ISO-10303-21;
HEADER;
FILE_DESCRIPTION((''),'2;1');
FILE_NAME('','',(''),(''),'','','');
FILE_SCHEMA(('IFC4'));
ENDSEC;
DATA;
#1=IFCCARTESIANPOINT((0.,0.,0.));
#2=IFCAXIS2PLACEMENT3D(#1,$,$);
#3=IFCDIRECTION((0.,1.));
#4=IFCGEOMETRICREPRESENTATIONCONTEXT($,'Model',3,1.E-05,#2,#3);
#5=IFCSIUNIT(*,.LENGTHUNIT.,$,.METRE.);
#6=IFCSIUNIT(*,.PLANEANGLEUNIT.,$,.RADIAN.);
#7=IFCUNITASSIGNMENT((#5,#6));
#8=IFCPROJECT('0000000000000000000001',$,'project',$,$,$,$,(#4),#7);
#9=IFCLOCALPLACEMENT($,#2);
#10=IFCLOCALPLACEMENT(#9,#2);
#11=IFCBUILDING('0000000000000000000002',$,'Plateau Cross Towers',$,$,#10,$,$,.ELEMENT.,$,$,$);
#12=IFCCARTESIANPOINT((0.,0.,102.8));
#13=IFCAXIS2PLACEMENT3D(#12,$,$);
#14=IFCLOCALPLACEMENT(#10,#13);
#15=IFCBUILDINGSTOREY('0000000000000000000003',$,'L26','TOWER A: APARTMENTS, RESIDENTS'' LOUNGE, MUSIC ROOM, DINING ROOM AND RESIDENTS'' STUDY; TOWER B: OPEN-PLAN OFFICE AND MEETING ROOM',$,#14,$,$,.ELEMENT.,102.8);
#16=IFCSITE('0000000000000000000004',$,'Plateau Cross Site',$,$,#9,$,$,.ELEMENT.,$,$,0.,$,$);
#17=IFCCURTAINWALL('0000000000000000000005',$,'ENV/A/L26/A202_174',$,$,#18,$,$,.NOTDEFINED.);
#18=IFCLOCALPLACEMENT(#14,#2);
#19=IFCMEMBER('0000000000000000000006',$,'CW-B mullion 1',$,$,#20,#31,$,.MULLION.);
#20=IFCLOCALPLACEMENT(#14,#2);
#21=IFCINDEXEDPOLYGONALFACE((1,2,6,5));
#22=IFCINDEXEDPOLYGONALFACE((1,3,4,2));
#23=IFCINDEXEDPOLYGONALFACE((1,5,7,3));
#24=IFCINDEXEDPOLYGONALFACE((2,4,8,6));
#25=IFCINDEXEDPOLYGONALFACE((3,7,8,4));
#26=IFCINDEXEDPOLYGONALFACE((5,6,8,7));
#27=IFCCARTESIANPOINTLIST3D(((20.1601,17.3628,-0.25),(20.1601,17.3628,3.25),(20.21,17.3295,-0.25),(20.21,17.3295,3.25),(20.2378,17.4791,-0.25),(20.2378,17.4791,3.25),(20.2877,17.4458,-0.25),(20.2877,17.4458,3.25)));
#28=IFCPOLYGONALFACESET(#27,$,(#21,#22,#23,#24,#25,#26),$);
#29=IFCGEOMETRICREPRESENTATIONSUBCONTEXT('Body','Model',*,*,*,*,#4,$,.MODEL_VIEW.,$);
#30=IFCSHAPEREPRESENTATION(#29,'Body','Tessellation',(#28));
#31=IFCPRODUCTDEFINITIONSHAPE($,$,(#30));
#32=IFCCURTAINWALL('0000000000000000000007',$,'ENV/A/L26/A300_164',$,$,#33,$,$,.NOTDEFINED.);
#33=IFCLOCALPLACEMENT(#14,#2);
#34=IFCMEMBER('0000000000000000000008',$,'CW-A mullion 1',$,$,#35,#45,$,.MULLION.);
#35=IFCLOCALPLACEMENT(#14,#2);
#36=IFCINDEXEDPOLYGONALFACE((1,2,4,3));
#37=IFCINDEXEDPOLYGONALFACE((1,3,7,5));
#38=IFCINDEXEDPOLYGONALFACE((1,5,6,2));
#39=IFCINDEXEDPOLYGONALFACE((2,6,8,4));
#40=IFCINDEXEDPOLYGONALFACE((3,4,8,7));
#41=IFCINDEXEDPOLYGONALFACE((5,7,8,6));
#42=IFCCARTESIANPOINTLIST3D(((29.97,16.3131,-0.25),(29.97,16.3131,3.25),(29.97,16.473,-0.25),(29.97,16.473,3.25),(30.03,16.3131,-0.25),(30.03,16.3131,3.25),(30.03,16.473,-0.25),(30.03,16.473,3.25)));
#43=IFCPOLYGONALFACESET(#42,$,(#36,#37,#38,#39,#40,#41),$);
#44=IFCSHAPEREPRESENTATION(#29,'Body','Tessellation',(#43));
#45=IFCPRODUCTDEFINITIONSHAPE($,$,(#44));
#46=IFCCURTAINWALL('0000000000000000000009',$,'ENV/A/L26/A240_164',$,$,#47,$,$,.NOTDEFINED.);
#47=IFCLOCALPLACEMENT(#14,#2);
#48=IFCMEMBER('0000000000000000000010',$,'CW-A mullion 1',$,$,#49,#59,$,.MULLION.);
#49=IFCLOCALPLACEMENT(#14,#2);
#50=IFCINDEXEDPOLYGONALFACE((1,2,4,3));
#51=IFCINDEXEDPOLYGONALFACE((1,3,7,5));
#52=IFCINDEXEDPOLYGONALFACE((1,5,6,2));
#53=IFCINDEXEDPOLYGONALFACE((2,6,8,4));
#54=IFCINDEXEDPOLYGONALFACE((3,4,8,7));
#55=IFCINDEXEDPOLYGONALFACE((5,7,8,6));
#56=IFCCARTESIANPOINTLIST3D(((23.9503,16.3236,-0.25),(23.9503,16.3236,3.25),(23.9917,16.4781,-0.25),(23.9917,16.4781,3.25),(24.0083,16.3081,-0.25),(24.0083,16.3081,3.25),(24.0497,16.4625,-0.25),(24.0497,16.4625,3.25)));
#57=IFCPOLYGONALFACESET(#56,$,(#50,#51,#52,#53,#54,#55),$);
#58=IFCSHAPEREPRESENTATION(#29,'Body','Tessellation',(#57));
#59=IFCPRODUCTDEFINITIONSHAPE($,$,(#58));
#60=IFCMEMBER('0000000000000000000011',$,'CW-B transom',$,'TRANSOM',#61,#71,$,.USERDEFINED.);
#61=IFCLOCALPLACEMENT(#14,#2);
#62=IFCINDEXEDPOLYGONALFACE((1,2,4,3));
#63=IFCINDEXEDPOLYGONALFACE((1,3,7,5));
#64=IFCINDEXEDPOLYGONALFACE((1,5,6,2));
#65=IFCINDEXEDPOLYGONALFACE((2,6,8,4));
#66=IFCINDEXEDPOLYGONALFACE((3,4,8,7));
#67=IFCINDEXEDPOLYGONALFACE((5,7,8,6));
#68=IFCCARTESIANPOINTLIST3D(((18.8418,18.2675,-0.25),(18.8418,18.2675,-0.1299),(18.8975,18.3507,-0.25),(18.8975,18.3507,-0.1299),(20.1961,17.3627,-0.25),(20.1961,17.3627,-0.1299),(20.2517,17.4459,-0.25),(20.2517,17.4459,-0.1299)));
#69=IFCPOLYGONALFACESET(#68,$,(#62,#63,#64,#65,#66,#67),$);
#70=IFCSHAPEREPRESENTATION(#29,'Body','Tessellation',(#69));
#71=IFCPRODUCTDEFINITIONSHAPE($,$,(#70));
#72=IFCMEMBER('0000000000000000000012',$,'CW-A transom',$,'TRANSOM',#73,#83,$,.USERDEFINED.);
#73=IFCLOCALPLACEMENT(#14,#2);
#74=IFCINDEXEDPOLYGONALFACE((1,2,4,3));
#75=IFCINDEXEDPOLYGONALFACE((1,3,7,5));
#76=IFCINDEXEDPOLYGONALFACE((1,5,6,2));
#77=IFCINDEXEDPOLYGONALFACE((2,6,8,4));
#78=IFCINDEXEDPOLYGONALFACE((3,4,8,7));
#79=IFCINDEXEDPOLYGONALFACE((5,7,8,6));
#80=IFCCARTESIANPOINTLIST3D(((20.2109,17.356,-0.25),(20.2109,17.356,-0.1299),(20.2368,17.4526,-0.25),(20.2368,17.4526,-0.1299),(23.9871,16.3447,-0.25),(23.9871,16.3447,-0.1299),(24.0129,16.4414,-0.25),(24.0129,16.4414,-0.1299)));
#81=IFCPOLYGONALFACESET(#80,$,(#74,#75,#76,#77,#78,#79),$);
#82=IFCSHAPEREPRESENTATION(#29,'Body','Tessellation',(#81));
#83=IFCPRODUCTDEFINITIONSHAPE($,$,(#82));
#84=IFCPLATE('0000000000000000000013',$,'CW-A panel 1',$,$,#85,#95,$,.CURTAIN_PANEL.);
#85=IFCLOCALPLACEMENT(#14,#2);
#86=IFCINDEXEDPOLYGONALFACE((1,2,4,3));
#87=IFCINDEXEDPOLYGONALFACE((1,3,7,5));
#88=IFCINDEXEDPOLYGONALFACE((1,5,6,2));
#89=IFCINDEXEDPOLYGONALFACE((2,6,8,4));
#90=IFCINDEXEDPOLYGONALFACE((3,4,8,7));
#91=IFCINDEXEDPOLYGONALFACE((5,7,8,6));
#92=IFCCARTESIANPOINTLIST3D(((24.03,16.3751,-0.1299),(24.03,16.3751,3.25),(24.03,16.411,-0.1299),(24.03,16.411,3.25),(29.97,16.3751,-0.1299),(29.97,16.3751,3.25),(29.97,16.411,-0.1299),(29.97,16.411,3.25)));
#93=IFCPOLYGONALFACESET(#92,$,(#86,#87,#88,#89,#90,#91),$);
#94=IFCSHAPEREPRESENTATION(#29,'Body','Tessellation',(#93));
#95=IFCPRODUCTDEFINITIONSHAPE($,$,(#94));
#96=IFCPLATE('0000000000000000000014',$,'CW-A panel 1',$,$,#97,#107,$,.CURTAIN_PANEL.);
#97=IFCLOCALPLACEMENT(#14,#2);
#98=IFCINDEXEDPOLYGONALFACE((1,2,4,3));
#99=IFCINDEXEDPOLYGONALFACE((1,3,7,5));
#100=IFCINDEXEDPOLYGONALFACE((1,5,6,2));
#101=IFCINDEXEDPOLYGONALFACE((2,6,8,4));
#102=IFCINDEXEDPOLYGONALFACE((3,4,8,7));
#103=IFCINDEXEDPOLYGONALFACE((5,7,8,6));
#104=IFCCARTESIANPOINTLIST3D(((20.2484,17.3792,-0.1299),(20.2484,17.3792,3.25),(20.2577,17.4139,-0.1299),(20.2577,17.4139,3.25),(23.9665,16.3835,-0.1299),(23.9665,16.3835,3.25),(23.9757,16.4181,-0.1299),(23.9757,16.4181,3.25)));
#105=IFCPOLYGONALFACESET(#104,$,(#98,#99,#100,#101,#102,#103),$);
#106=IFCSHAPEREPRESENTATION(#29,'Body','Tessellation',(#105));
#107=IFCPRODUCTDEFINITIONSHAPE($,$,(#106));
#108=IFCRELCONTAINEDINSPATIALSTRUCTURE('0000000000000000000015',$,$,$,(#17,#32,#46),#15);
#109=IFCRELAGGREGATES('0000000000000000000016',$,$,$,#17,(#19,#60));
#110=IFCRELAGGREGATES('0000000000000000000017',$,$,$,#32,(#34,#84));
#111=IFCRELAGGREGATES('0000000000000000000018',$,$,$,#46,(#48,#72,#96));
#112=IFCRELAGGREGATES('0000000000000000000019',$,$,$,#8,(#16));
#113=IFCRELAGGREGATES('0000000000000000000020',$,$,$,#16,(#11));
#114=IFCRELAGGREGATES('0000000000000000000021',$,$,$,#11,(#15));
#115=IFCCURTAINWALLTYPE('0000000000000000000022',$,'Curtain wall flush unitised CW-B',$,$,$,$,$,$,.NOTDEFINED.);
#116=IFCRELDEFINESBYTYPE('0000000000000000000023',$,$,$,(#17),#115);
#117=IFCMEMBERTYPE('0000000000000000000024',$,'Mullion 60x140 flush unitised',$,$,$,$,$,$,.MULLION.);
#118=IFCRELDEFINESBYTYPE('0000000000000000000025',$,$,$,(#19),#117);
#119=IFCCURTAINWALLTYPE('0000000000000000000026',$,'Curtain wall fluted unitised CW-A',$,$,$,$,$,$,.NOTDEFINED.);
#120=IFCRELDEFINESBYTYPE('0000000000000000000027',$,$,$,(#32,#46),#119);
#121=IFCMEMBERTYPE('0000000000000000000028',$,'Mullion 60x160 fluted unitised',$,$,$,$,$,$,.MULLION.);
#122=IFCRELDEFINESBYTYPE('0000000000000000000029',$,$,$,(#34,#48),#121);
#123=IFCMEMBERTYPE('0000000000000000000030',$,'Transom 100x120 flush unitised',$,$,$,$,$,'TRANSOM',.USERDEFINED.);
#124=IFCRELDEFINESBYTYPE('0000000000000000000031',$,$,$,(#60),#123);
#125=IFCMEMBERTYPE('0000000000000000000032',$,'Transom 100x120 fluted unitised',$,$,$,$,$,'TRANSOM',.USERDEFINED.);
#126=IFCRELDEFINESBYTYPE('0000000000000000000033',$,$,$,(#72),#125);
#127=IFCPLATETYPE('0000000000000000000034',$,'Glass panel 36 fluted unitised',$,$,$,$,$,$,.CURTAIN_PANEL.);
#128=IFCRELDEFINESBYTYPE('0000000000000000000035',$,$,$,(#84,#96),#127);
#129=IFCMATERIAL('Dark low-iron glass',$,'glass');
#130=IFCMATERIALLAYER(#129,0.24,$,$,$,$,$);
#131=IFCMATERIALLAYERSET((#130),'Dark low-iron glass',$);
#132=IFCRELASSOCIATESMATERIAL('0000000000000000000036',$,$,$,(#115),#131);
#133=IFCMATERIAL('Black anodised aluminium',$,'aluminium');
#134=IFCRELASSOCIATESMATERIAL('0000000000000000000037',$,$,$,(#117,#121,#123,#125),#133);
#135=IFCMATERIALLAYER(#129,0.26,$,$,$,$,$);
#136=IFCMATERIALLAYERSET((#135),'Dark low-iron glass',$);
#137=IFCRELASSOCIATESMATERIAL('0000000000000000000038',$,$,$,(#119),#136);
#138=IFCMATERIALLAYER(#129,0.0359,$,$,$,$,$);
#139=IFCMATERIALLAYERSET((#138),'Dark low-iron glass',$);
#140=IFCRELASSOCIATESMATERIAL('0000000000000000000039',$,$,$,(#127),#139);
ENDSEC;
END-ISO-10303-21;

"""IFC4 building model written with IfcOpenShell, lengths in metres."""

from ifc_helpers import new_model, si_unit, direction, frame, origin, origin_2d, place, context, subcontext, project, spatial, rectangle, extrude, material, layer, layer_set, material_profile, profile_set, type_object, element, aggregate, save


model = new_model("IFC4")

# Units and contexts
model_context = context("Model", 3, precision=1e-05, world=origin(), true_north=direction((0.0, 1.0)))
body_context = subcontext(model_context, "Body", "Model", "MODEL_VIEW")
ifc_project = project(units=[si_unit("LENGTHUNIT", "METRE"), si_unit("PLANEANGLEUNIT", "RADIAN")], contexts=[model_context])

# Site, building, storey
site_placement = place(None, origin())
site = spatial("IfcSite", under=ifc_project, at=site_placement, Name="Plateau Cross Site", CompositionType="ELEMENT", RefElevation=0.0)
building_placement = place(site_placement, origin())
building = spatial("IfcBuilding", under=site, at=building_placement, Name="Plateau Cross Towers", CompositionType="ELEMENT")
storey_placement = place(building_placement, frame((0.0, 0.0, 102.8)))
storey = spatial("IfcBuildingStorey", under=building, at=storey_placement, Name="L26", Description="TOWER A: APARTMENTS, RESIDENTS' LOUNGE, MUSIC ROOM, DINING ROOM AND RESIDENTS' STUDY; TOWER B: OPEN-PLAN OFFICE AND MEETING ROOM", CompositionType="ELEMENT", Elevation=102.8)

# Curtain walls, members
ifc_material_1 = material(Name="Dark low-iron glass", Category="glass")
ifc_layer_1 = layer(ifc_material_1, 0.24)
ifc_layer_set_1 = layer_set([ifc_layer_1], Name="Dark low-iron glass")
curtain_wall_type_1 = type_object("IfcCurtainWallType", Name="Curtain wall flush unitised CW-B", PredefinedType="NOTDEFINED", material=ifc_layer_set_1)
curtain_wall_1_placement = place(storey_placement, origin())
curtain_wall_1 = element("IfcCurtainWall", 1, at=curtain_wall_1_placement, inside=storey, type_object=curtain_wall_type_1, Name="ENV/A/L26/A202_174", PredefinedType="NOTDEFINED")
ifc_material_2 = material(Name="Black anodised aluminium", Category="aluminium")
ifc_material_profile_1 = material_profile(ifc_material_2, rectangle(XDim=0.0601, YDim=0.1399, at=origin_2d()), Name="MULLION 60x140")
ifc_profile_set_1 = profile_set([ifc_material_profile_1], Name="Black anodised aluminium")
member_type_1 = type_object("IfcMemberType", Name="Mullion 60x140 flush unitised", PredefinedType="MULLION", material=ifc_profile_set_1)
member_1_placement = place(storey_placement, frame((20.2239, 17.4043, -0.25), z_axis=(0.0, 0.0, 1.0), x_axis=(-0.831521, 0.555493, 0.0)))
member_1 = element("IfcMember", 2, at=member_1_placement, type_object=member_type_1, Name="CW-B mullion 1", PredefinedType="MULLION", context=body_context, shape_type="SweptSolid", body=[
    extrude(rectangle(XDim=0.0601, YDim=0.1399, at=origin_2d()), origin(), (0.0, 0.0, 1.0), 3.5),
])
ifc_layer_2 = layer(ifc_material_1, 0.26)
ifc_layer_set_2 = layer_set([ifc_layer_2], Name="Dark low-iron glass")
curtain_wall_type_2 = type_object("IfcCurtainWallType", Name="Curtain wall fluted unitised CW-A", PredefinedType="NOTDEFINED", material=ifc_layer_set_2)
curtain_wall_2_placement = place(storey_placement, origin())
curtain_wall_2 = element("IfcCurtainWall", 3, at=curtain_wall_2_placement, inside=storey, type_object=curtain_wall_type_2, Name="ENV/A/L26/A300_164", PredefinedType="NOTDEFINED")
ifc_material_profile_2 = material_profile(ifc_material_2, rectangle(XDim=0.0601, YDim=0.1599, at=origin_2d()), Name="MULLION 60x160")
ifc_profile_set_2 = profile_set([ifc_material_profile_2], Name="Black anodised aluminium")
member_type_2 = type_object("IfcMemberType", Name="Mullion 60x160 fluted unitised", PredefinedType="MULLION", material=ifc_profile_set_2)
member_2_placement = place(storey_placement, frame((30.0, 16.3931, -0.25), z_axis=(0.0, 0.0, 1.0), x_axis=(-1.0, 0.0, 0.0)))
member_2 = element("IfcMember", 4, at=member_2_placement, type_object=member_type_2, Name="CW-A mullion 1", PredefinedType="MULLION", context=body_context, shape_type="SweptSolid", body=[
    extrude(rectangle(XDim=0.0601, YDim=0.1599, at=origin_2d()), origin(), (0.0, 0.0, 1.0), 3.5),
])
curtain_wall_3_placement = place(storey_placement, origin())
curtain_wall_3 = element("IfcCurtainWall", 5, at=curtain_wall_3_placement, inside=storey, type_object=curtain_wall_type_2, Name="ENV/A/L26/A240_164", PredefinedType="NOTDEFINED")
member_3_placement = place(storey_placement, frame((24.0, 16.3931, -0.25), z_axis=(0.0, 0.0, 1.0), x_axis=(-0.965958, 0.258699, 0.0)))
member_3 = element("IfcMember", 6, at=member_3_placement, type_object=member_type_2, Name="CW-A mullion 1", PredefinedType="MULLION", context=body_context, shape_type="SweptSolid", body=[
    extrude(rectangle(XDim=0.0601, YDim=0.1599, at=origin_2d()), origin(), (0.0, 0.0, 1.0), 3.5),
])

# Members
ifc_material_profile_3 = material_profile(ifc_material_2, rectangle(XDim=0.1001, YDim=0.1201, at=origin_2d()), Name="TRANSOM 100x120")
ifc_profile_set_3 = profile_set([ifc_material_profile_3], Name="Black anodised aluminium")
member_type_3 = type_object("IfcMemberType", Name="Transom 100x120 flush unitised", ElementType="TRANSOM", PredefinedType="USERDEFINED", material=ifc_profile_set_3)
member_4_placement = place(storey_placement, frame((20.2239, 17.4043, -0.1899), z_axis=(-0.831496, 0.55553, 0.0), x_axis=(-0.55553, -0.831496, 0.0)))
member_4 = element("IfcMember", 7, at=member_4_placement, type_object=member_type_3, Name="CW-B transom", ObjectType="TRANSOM", PredefinedType="USERDEFINED", context=body_context, shape_type="SweptSolid", body=[
    extrude(rectangle(XDim=0.1001, YDim=0.1201, at=origin_2d()), origin(), (0.0, 0.0, 1.0), 1.6287),
])
aggregate(curtain_wall_1, [member_1, member_4])
ifc_material_profile_4 = material_profile(ifc_material_2, rectangle(XDim=0.1001, YDim=0.1201, at=origin_2d()), Name="TRANSOM 100x120")
ifc_profile_set_4 = profile_set([ifc_material_profile_4], Name="Black anodised aluminium")
member_type_4 = type_object("IfcMemberType", Name="Transom 100x120 fluted unitised", ElementType="TRANSOM", PredefinedType="USERDEFINED", material=ifc_profile_set_4)
member_5_placement = place(storey_placement, frame((24.0, 16.3931, -0.1899), z_axis=(-0.965963, 0.258681, 0.0), x_axis=(-0.258681, -0.965963, 0.0)))
member_5 = element("IfcMember", 8, at=member_5_placement, type_object=member_type_4, Name="CW-A transom", ObjectType="TRANSOM", PredefinedType="USERDEFINED", context=body_context, shape_type="SweptSolid", body=[
    extrude(rectangle(XDim=0.1001, YDim=0.1201, at=origin_2d()), origin(), (0.0, 0.0, 1.0), 3.9092),
])

# Plates
ifc_layer_3 = layer(ifc_material_1, 0.0359)
ifc_layer_set_3 = layer_set([ifc_layer_3], Name="Dark low-iron glass")
plate_type = type_object("IfcPlateType", Name="Glass panel 36 fluted unitised", PredefinedType="CURTAIN_PANEL", material=ifc_layer_set_3)
plate_1_placement = place(storey_placement, frame((27.0, 16.3931, -0.1299), z_axis=(0.0, 0.0, 1.0), x_axis=(-1.0, 0.0, 0.0)))
plate_1 = element("IfcPlate", 9, at=plate_1_placement, type_object=plate_type, Name="CW-A panel 1", PredefinedType="CURTAIN_PANEL", context=body_context, shape_type="SweptSolid", body=[
    extrude(rectangle(XDim=5.9399, YDim=0.0359, at=origin_2d()), origin(), (0.0, 0.0, 1.0), 3.3799),
])
aggregate(curtain_wall_2, [member_2, plate_1])
plate_2_placement = place(storey_placement, frame((22.1121, 16.8987, -0.1299), z_axis=(0.0, 0.0, 1.0), x_axis=(-0.965958, 0.258699, 0.0)))
plate_2 = element("IfcPlate", 10, at=plate_2_placement, type_object=plate_type, Name="CW-A panel 1", PredefinedType="CURTAIN_PANEL", context=body_context, shape_type="SweptSolid", body=[
    extrude(rectangle(XDim=3.8491, YDim=0.0359, at=origin_2d()), origin(), (0.0, 0.0, 1.0), 3.3799),
])
aggregate(curtain_wall_3, [member_3, member_5, plate_2])

save(model, "model.ifc")
